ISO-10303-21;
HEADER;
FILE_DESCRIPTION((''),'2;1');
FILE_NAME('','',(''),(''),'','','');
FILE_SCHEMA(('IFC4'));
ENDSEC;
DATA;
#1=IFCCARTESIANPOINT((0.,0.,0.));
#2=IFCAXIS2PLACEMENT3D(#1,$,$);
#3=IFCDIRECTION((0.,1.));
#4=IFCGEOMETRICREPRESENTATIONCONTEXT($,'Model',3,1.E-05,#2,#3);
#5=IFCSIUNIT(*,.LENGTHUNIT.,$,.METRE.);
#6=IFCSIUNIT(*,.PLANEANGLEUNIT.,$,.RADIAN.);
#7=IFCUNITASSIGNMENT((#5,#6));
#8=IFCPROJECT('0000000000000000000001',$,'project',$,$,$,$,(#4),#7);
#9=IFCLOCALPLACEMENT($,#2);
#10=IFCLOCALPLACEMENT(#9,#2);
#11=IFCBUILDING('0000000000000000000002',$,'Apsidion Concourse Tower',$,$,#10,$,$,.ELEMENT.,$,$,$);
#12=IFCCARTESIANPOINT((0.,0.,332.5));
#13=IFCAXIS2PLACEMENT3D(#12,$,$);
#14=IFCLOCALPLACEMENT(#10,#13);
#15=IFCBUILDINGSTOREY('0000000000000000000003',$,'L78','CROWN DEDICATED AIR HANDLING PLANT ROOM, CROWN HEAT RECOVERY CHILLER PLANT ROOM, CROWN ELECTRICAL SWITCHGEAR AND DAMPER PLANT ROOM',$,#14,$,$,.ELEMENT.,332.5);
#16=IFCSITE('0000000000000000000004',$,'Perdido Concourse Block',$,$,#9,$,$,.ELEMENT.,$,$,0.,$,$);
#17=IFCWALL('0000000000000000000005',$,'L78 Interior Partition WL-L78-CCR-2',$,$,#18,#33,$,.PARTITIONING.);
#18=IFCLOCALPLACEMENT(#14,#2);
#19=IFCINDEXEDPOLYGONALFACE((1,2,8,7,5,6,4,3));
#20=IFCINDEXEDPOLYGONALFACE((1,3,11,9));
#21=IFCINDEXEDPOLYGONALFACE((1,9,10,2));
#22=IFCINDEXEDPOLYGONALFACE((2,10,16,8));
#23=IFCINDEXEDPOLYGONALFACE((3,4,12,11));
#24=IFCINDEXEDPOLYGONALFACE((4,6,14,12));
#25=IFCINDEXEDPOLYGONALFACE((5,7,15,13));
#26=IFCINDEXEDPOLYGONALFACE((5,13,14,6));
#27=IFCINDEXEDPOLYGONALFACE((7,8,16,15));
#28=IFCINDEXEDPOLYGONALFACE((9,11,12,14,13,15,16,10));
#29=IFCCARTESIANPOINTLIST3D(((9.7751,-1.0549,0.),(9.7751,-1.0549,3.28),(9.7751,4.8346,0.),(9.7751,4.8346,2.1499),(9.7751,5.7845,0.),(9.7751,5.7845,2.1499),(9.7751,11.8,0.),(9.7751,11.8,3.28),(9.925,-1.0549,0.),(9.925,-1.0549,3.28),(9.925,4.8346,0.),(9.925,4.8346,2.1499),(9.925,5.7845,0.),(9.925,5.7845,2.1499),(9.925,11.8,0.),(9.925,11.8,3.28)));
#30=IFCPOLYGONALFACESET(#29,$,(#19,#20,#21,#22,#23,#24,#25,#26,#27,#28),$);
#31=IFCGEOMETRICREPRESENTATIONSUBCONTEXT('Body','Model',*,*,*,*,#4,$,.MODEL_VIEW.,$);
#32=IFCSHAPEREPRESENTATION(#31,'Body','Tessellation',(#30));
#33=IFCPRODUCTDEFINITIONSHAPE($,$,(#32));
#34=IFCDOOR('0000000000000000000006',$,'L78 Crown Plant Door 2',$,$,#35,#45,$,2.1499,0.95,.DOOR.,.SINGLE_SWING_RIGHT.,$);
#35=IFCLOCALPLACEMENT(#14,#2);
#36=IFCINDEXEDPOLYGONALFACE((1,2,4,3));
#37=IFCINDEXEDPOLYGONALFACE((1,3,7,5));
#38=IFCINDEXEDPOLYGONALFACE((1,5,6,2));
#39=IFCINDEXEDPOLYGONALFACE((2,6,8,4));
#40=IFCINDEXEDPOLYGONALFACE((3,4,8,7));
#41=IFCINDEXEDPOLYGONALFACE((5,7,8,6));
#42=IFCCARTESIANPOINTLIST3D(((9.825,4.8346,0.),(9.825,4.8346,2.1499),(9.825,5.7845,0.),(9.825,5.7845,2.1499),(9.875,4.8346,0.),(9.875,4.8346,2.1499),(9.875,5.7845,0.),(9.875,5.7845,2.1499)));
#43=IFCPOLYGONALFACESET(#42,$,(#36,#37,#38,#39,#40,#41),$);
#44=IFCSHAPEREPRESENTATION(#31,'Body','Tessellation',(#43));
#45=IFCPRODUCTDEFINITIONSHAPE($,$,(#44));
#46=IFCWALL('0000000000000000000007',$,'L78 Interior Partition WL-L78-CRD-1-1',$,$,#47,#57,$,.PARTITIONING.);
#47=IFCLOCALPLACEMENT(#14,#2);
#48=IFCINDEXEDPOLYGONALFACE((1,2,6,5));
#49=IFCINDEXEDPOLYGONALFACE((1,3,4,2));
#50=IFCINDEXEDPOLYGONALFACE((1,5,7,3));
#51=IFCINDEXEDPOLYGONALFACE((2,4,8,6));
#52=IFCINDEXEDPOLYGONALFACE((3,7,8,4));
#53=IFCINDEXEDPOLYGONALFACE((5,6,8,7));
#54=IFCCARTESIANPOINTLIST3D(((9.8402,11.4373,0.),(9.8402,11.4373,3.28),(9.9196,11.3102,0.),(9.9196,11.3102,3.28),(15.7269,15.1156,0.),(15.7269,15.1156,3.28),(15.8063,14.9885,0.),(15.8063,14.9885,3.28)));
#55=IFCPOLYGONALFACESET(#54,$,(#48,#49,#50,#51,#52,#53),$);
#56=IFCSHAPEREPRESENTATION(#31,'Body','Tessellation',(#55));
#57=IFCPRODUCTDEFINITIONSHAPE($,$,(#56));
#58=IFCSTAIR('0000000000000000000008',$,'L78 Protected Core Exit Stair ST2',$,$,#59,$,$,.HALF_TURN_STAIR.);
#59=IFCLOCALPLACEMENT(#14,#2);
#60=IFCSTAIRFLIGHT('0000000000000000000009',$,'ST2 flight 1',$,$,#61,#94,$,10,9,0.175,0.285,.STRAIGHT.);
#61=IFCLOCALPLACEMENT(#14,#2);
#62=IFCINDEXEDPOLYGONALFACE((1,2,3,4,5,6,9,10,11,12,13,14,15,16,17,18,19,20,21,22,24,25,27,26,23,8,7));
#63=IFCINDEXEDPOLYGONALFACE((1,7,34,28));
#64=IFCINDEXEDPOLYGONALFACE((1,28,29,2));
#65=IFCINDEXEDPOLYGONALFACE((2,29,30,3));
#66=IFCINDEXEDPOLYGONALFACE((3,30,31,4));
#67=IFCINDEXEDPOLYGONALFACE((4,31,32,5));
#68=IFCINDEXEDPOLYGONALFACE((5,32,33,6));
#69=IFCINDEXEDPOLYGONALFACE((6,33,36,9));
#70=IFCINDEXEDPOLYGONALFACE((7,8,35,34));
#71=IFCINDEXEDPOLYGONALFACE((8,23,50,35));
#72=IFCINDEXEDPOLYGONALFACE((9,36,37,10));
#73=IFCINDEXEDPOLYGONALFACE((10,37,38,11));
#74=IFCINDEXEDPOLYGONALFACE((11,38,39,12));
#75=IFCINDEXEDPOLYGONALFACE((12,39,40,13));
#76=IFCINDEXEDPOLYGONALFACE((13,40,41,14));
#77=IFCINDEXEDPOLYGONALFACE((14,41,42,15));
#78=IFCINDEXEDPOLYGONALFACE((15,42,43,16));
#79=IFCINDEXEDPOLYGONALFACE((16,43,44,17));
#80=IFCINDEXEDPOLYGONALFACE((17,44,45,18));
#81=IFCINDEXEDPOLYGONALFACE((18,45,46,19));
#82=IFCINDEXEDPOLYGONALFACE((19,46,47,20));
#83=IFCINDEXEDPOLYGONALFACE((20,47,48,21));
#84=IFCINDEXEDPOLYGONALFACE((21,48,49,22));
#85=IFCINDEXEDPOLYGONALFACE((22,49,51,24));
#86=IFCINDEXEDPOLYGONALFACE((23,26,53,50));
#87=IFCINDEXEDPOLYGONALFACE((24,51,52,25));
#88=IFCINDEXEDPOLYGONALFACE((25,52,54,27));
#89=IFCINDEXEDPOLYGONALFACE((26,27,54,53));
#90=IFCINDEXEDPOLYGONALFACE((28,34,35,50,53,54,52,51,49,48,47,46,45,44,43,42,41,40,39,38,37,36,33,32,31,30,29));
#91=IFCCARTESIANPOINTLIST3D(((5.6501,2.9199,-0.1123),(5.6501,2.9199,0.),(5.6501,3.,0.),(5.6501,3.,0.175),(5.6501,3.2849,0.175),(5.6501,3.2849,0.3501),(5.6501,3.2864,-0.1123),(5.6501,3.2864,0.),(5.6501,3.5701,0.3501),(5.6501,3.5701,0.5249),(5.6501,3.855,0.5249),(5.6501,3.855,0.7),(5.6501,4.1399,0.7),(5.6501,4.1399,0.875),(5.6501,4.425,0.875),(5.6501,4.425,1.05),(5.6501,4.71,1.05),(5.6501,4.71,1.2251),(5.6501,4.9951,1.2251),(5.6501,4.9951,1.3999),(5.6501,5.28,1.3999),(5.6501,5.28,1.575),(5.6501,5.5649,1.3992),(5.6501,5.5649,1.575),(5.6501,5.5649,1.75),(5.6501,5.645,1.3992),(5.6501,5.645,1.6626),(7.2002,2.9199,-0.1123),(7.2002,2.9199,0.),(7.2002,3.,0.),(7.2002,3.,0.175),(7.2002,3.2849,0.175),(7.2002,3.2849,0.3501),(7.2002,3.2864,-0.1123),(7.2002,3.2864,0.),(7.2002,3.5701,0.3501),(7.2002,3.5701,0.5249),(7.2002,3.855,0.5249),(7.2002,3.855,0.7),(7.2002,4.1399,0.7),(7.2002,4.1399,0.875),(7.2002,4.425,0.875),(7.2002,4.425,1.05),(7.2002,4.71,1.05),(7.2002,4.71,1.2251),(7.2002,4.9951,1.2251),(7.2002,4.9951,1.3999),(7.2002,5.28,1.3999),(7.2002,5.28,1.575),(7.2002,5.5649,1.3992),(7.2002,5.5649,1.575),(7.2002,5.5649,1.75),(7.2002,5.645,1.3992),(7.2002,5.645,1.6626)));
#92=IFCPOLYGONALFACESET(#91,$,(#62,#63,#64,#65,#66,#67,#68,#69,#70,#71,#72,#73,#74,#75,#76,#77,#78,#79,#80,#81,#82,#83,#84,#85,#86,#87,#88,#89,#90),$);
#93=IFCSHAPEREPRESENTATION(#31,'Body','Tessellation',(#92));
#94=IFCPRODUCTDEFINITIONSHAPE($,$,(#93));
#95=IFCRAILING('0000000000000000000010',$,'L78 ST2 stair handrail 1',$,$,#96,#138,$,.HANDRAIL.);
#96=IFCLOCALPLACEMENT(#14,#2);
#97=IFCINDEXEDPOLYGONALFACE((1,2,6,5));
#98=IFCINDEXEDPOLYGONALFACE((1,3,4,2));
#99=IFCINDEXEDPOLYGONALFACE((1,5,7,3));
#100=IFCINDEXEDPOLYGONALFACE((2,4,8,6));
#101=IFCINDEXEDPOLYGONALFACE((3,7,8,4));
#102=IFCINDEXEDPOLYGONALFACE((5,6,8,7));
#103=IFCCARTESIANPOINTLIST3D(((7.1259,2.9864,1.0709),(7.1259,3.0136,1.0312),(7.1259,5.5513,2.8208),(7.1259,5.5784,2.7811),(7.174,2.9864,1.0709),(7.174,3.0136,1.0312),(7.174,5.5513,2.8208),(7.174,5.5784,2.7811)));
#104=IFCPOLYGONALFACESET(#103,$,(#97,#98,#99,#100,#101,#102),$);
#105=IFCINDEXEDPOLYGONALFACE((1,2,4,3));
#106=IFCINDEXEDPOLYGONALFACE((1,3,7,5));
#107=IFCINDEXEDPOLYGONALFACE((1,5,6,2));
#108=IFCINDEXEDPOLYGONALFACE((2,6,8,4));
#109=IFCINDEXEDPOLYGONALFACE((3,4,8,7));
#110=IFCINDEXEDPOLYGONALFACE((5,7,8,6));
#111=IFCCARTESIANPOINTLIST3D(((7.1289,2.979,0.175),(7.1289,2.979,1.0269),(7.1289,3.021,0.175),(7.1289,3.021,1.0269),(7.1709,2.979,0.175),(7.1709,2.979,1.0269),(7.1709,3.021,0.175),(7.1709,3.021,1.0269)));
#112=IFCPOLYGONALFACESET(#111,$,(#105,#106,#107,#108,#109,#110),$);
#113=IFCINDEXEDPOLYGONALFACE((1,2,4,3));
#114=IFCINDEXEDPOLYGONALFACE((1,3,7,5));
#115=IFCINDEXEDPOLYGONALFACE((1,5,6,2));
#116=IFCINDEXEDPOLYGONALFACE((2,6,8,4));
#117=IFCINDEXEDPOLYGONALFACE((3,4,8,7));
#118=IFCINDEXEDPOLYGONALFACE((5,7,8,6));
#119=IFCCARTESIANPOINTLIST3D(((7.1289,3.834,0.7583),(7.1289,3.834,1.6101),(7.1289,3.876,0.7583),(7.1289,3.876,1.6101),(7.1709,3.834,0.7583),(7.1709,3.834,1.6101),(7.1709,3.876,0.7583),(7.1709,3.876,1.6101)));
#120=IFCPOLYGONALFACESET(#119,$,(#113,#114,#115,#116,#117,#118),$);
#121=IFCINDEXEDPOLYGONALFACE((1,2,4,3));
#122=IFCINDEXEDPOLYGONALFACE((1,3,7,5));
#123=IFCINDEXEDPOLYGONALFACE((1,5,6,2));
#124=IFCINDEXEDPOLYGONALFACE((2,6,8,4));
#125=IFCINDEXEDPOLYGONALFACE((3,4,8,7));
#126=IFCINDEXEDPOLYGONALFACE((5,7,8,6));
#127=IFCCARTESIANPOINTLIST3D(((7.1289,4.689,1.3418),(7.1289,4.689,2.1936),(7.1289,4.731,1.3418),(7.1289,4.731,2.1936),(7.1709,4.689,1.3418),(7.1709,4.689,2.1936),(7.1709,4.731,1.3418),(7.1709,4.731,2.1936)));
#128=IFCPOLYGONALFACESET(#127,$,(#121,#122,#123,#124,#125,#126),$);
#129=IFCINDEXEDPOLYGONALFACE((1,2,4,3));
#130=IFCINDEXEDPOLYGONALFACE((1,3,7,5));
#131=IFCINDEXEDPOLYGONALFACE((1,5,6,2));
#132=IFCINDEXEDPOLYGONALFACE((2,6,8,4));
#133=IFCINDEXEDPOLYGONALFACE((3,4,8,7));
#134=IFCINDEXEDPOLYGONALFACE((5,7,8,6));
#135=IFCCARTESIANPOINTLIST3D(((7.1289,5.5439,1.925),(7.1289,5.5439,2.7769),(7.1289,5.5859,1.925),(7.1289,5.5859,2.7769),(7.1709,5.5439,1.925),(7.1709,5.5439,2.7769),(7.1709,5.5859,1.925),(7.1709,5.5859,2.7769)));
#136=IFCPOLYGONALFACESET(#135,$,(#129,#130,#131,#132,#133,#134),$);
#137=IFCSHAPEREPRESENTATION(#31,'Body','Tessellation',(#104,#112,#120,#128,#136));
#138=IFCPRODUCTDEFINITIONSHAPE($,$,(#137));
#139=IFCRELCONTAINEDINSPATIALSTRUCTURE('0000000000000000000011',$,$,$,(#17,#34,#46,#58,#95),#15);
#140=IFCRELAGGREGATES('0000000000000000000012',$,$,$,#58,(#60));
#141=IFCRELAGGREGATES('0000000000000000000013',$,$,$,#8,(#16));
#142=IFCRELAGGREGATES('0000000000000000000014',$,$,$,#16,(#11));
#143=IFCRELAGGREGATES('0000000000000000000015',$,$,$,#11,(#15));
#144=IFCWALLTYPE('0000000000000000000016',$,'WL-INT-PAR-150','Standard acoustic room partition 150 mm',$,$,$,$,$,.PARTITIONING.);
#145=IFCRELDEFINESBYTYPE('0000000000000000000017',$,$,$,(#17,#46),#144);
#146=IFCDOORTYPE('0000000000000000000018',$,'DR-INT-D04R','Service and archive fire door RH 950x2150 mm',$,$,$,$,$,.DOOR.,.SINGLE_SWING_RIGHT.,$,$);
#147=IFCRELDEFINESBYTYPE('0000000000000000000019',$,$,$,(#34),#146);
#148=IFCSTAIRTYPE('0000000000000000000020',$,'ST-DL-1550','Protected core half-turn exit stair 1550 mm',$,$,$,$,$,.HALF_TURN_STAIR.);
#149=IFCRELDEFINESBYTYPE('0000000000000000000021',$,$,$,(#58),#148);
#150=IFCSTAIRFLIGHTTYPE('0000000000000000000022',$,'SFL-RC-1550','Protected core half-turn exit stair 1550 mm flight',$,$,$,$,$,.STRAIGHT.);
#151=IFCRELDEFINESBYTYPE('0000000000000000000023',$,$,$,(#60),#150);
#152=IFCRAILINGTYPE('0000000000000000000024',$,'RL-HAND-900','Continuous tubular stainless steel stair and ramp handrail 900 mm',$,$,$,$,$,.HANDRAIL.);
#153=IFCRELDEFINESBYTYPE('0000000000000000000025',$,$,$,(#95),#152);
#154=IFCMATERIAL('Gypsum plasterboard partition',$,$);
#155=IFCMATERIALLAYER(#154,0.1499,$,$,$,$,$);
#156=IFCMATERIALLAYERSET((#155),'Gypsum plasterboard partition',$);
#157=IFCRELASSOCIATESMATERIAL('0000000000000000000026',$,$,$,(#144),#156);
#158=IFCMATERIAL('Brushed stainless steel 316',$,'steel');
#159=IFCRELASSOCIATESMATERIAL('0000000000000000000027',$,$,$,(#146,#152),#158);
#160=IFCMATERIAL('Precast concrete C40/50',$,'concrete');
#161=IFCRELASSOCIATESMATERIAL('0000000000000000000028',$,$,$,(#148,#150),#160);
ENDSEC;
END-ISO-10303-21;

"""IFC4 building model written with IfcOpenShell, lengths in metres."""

from ifc_helpers import new_model, si_unit, direction, frame, frame_2d, origin, origin_2d, place, context, subcontext, project, spatial, polyline, rectangle, outline, extrude, material, layer, layer_set, type_object, element, fill, aggregate, save


model = new_model("IFC4")

# Units and contexts
model_context = context("Model", 3, precision=1e-05, world=origin(), true_north=direction((0.0, 1.0)))
body_context = subcontext(model_context, "Body", "Model", "MODEL_VIEW")
ifc_project = project(units=[si_unit("LENGTHUNIT", "METRE"), si_unit("PLANEANGLEUNIT", "RADIAN")], contexts=[model_context])

# Site, building, storey
site_placement = place(None, origin())
site = spatial("IfcSite", under=ifc_project, at=site_placement, Name="Perdido Concourse Block", CompositionType="ELEMENT", RefElevation=0.0)
building_placement = place(site_placement, origin())
building = spatial("IfcBuilding", under=site, at=building_placement, Name="Apsidion Concourse Tower", CompositionType="ELEMENT")
storey_placement = place(building_placement, frame((0.0, 0.0, 332.5)))
storey = spatial("IfcBuildingStorey", under=building, at=storey_placement, Name="L78", Description="CROWN DEDICATED AIR HANDLING PLANT ROOM, CROWN HEAT RECOVERY CHILLER PLANT ROOM, CROWN ELECTRICAL SWITCHGEAR AND DAMPER PLANT ROOM", CompositionType="ELEMENT", Elevation=332.5)

# Shared definitions
ifc_material_1 = material(Name="Precast concrete C40/50", Category="concrete")

# Wall, opening, door
ifc_material_2 = material(Name="Gypsum plasterboard partition")
ifc_layer_1 = layer(ifc_material_2, 0.1499)
ifc_layer_set_1 = layer_set([ifc_layer_1], Name="Gypsum plasterboard partition")
wall_type_1 = type_object("IfcWallType", Name="WL-INT-PAR-150", Description="Standard acoustic room partition 150 mm", PredefinedType="PARTITIONING", material=ifc_layer_set_1)
wall_1_placement = place(storey_placement, frame((9.8501, 11.8, 0.0), z_axis=(0.0, 0.0, 1.0), x_axis=(0.0, -1.0, 0.0)))
wall_1 = element("IfcWall", 1, at=wall_1_placement, inside=storey, type_object=wall_type_1, Name="L78 Interior Partition WL-L78-CCR-2", PredefinedType="PARTITIONING", context=body_context, shape_type="SweptSolid", body=[
    extrude(rectangle(XDim=12.855, YDim=0.1499, at=frame_2d((6.4275, 0.0))), origin(), (0.0, 0.0, 1.0), 3.28),
])
opening_placement = place(wall_1_placement, frame((6.0154, 0.0, 0.0)))
opening = element("IfcOpeningElement", 2, at=opening_placement, cuts=wall_1, PredefinedType="OPENING", context=body_context, shape_type="SweptSolid", body=[
    extrude(rectangle(XDim=0.95, YDim=2.1499, at=frame_2d((0.4751, 1.075))), frame((0.0, 0.085, 0.0), z_axis=(0.0, -1.0, 0.0), x_axis=(1.0, 0.0, 0.0)), (0.0, 0.0, 1.0), 0.1699),
])
ifc_material_3 = material(Name="Brushed stainless steel 316", Category="steel")
door_type = type_object("IfcDoorType", Name="DR-INT-D04R", Description="Service and archive fire door RH 950x2150 mm", OperationType="SINGLE_SWING_RIGHT", PredefinedType="DOOR", material=ifc_material_3)
door_placement = place(opening_placement, origin())
door = element("IfcDoor", 3, at=door_placement, inside=storey, type_object=door_type, Name="L78 Crown Plant Door 2", OperationType="SINGLE_SWING_RIGHT", OverallHeight=2.1499, OverallWidth=0.95, PredefinedType="DOOR", context=body_context, shape_type="SweptSolid", body=[
    extrude(rectangle(XDim=0.95, YDim=2.1499, at=frame_2d((0.4751, 1.075))), frame((0.0, 0.0249, 0.0), z_axis=(0.0, -1.0, 0.0), x_axis=(1.0, 0.0, 0.0)), (0.0, 0.0, 1.0), 0.05),
])
fill(opening, door)

# Wall
wall_2_placement = place(storey_placement, frame((9.8799, 11.3738, 0.0), z_axis=(0.0, 0.0, 1.0), x_axis=(0.848062, 0.529898, 0.0)))
element("IfcWall", 4, at=wall_2_placement, inside=storey, type_object=wall_type_1, Name="L78 Interior Partition WL-L78-CRD-1-1", PredefinedType="PARTITIONING", context=body_context, shape_type="SweptSolid", body=[
    extrude(rectangle(XDim=6.9414, YDim=0.1499, at=frame_2d((3.4707, 0.0))), origin(), (0.0, 0.0, 1.0), 3.28),
])

# Stair, stair flight
stair_type = type_object("IfcStairType", Name="ST-DL-1550", Description="Protected core half-turn exit stair 1550 mm", PredefinedType="HALF_TURN_STAIR", material=ifc_material_1)
stair_placement = place(storey_placement, origin())
stair = element("IfcStair", 5, at=stair_placement, inside=storey, type_object=stair_type, Name="L78 Protected Core Exit Stair ST2", PredefinedType="HALF_TURN_STAIR")
stair_flight_type = type_object("IfcStairFlightType", Name="SFL-RC-1550", Description="Protected core half-turn exit stair 1550 mm flight", PredefinedType="STRAIGHT", material=ifc_material_1)
stair_flight_placement = place(storey_placement, frame((6.425, 3.0, 0.0), z_axis=(0.0, 0.0, 1.0), x_axis=(0.0, 1.0, 0.0)))
stair_flight = element("IfcStairFlight", 6, at=stair_flight_placement, type_object=stair_flight_type, Name="ST2 flight 1", NumberOfRisers=10, NumberOfTreads=9, PredefinedType="STRAIGHT", RiserHeight=0.175, TreadLength=0.285, context=body_context, shape_type="SweptSolid", body=[
    extrude(outline(polyline([(-0.0801, -0.1123), (-0.0801, 0.0), (0.0, 0.0), (0.0, 0.175), (0.2849, 0.175), (0.2849, 0.3501), (0.5701, 0.3501), (0.5701, 0.5249), (0.855, 0.5249), (0.855, 0.7), (1.1399, 0.7), (1.1399, 0.875), (1.425, 0.875), (1.425, 1.05), (1.71, 1.05), (1.71, 1.2251), (1.9951, 1.2251), (1.9951, 1.3999), (2.28, 1.3999), (2.28, 1.575), (2.5649, 1.575), (2.5649, 1.75), (2.645, 1.6626), (2.645, 1.3992), (2.5649, 1.3992), (0.2864, 0.0), (0.2864, -0.1123), (-0.0801, -0.1123)])), frame((0.0, 0.7749, 0.0), z_axis=(0.0, -1.0, 0.0), x_axis=(1.0, 0.0, 0.0)), (0.0, 0.0, 1.0), 1.55),
])
aggregate(stair, [stair_flight])

# Railing
railing_type = type_object("IfcRailingType", Name="RL-HAND-900", Description="Continuous tubular stainless steel stair and ramp handrail 900 mm", PredefinedType="HANDRAIL", material=ifc_material_3)
railing_placement = place(storey_placement, frame((7.1499, 3.0, 0.175)))
element("IfcRailing", 7, at=railing_placement, inside=storey, type_object=railing_type, Name="L78 ST2 stair handrail 1", PredefinedType="HANDRAIL", context=body_context, shape_type="SweptSolid", body=[
    extrude(rectangle(XDim=0.0481, YDim=0.0481, at=origin_2d()), frame((0.0, 0.0, 0.876), z_axis=(0.0, 0.826051, 0.563595), x_axis=(-1.0, 0.0, 0.0)), (0.0, 0.0, 1.0), 3.105),
    extrude(rectangle(XDim=0.042, YDim=0.042, at=origin_2d()), origin(), (0.0, 0.0, 1.0), 0.8518),
    extrude(rectangle(XDim=0.042, YDim=0.042, at=origin_2d()), frame((0.0, 0.855, 0.5833)), (0.0, 0.0, 1.0), 0.8518),
    extrude(rectangle(XDim=0.042, YDim=0.042, at=origin_2d()), frame((0.0, 1.71, 1.1667)), (0.0, 0.0, 1.0), 0.8518),
    extrude(rectangle(XDim=0.042, YDim=0.042, at=origin_2d()), frame((0.0, 2.5649, 1.75)), (0.0, 0.0, 1.0), 0.8518),
])

save(model, "model.ifc")
